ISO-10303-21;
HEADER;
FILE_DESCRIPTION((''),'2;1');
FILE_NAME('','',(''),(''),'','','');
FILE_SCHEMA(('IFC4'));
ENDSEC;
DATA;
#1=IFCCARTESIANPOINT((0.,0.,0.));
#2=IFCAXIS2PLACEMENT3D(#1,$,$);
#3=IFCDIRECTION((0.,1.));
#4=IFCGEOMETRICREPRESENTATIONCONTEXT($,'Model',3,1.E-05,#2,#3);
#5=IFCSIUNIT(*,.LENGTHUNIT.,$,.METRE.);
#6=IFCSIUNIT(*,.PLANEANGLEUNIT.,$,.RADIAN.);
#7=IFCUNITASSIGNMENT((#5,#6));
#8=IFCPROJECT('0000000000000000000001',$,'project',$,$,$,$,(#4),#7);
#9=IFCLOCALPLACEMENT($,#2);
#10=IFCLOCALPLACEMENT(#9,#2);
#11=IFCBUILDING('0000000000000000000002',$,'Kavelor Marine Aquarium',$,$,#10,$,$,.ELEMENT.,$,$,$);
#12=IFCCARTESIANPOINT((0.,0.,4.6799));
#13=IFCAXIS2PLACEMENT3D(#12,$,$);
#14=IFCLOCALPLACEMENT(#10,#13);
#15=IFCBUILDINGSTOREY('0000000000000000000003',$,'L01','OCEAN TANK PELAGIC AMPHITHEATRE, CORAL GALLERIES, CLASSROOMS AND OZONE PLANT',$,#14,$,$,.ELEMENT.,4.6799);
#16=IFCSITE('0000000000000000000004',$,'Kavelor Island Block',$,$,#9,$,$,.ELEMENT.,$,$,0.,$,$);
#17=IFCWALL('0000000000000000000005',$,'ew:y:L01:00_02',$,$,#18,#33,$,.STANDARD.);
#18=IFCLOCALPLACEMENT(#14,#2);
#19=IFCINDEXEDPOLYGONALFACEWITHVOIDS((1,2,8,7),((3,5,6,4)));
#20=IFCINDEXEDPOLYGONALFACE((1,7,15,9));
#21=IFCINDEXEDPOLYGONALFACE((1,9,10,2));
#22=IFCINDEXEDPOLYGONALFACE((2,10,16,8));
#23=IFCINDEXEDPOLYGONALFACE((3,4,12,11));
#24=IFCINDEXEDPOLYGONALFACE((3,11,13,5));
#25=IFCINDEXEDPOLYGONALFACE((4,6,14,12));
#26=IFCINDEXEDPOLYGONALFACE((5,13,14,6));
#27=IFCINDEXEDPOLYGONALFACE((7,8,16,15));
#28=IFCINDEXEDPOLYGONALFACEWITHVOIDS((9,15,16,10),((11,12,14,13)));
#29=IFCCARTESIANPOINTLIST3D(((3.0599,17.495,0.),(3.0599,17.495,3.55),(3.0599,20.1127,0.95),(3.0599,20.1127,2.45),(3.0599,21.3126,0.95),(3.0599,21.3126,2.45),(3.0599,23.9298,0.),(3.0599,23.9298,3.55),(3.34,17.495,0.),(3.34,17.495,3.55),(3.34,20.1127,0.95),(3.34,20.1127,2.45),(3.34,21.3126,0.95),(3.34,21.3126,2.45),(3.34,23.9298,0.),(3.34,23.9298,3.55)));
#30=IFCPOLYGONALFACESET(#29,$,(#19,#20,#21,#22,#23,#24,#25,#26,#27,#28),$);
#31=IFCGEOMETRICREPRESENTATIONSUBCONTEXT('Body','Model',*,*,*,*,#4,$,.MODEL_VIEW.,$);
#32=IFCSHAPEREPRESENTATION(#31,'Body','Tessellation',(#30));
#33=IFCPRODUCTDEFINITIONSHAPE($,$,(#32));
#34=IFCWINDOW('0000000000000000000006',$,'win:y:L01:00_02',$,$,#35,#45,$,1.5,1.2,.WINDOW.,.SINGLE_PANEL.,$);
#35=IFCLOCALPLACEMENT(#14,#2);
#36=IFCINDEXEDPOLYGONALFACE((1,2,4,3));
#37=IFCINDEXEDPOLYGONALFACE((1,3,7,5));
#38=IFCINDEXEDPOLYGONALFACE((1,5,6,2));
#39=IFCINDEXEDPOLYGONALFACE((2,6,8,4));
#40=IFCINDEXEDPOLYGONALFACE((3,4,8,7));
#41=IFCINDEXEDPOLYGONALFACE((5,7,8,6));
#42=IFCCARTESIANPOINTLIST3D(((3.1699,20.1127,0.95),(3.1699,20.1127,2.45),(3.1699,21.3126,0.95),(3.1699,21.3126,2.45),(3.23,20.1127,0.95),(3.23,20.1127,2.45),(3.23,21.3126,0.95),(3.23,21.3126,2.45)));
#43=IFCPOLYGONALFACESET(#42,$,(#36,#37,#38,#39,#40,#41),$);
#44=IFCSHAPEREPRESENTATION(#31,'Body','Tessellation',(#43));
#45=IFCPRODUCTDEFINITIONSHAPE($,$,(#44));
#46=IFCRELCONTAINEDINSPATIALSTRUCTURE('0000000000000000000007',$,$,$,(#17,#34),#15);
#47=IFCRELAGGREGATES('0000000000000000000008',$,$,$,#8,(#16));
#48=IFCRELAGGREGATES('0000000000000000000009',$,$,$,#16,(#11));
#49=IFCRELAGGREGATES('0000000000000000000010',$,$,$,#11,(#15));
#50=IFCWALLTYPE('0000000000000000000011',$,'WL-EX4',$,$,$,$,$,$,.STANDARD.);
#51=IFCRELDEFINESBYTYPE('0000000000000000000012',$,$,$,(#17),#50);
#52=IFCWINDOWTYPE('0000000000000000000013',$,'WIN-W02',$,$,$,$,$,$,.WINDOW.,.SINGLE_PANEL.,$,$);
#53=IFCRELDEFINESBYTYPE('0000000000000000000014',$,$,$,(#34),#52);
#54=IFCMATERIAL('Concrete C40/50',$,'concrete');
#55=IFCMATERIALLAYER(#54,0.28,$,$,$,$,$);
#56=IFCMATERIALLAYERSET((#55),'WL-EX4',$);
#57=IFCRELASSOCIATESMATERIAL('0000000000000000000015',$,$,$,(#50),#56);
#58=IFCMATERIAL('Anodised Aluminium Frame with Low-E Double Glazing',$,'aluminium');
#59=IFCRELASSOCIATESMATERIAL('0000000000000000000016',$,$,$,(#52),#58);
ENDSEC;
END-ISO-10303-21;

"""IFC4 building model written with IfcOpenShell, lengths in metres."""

from ifc_helpers import new_model, si_unit, direction, frame, frame_2d, origin, place, context, subcontext, project, spatial, rectangle, extrude, material, layer, layer_set, type_object, element, fill, save


model = new_model("IFC4")

# Units and contexts
model_context = context("Model", 3, precision=1e-05, world=origin(), true_north=direction((0.0, 1.0)))
body_context = subcontext(model_context, "Body", "Model", "MODEL_VIEW")
ifc_project = project(units=[si_unit("LENGTHUNIT", "METRE"), si_unit("PLANEANGLEUNIT", "RADIAN")], contexts=[model_context])

# Site, building, storey
site_placement = place(None, origin())
site = spatial("IfcSite", under=ifc_project, at=site_placement, Name="Kavelor Island Block", CompositionType="ELEMENT", RefElevation=0.0)
building_placement = place(site_placement, origin())
building = spatial("IfcBuilding", under=site, at=building_placement, Name="Kavelor Marine Aquarium", CompositionType="ELEMENT")
storey_placement = place(building_placement, frame((0.0, 0.0, 4.6799)))
storey = spatial("IfcBuildingStorey", under=building, at=storey_placement, Name="L01", Description="OCEAN TANK PELAGIC AMPHITHEATRE, CORAL GALLERIES, CLASSROOMS AND OZONE PLANT", CompositionType="ELEMENT", Elevation=4.6799)

# Wall, opening, window
ifc_material_1 = material(Name="Concrete C40/50", Category="concrete")
ifc_layer_1 = layer(ifc_material_1, 0.28)
ifc_layer_set_1 = layer_set([ifc_layer_1], Name="WL-EX4")
wall_type = type_object("IfcWallType", Name="WL-EX4", PredefinedType="STANDARD", material=ifc_layer_set_1)
wall_placement = place(storey_placement, frame((3.2, 17.4951, 0.0), z_axis=(0.0, 0.0, 1.0), x_axis=(0.0, 1.0, 0.0)))
wall = element("IfcWall", 1, at=wall_placement, inside=storey, type_object=wall_type, Name="ew:y:L01:00_02", PredefinedType="STANDARD", context=body_context, shape_type="SweptSolid", body=[
    extrude(rectangle(XDim=6.4348, YDim=0.28, at=frame_2d((3.2173, 0.0))), origin(), (0.0, 0.0, 1.0), 3.55),
])
opening_placement = place(wall_placement, frame((2.6174, 0.0, 0.95)))
opening = element("IfcOpeningElement", 2, at=opening_placement, cuts=wall, PredefinedType="OPENING", context=body_context, shape_type="SweptSolid", body=[
    extrude(rectangle(XDim=1.2, YDim=1.5, at=frame_2d((0.6001, 0.75))), frame((0.0, 0.1499, 0.0), z_axis=(0.0, -1.0, 0.0), x_axis=(1.0, 0.0, 0.0)), (0.0, 0.0, 1.0), 0.3),
])
ifc_material_2 = material(Name="Anodised Aluminium Frame with Low-E Double Glazing", Category="aluminium")
window_type = type_object("IfcWindowType", Name="WIN-W02", PartitioningType="SINGLE_PANEL", PredefinedType="WINDOW", material=ifc_material_2)
window_placement = place(opening_placement, origin())
window = element("IfcWindow", 3, at=window_placement, inside=storey, type_object=window_type, Name="win:y:L01:00_02", OverallHeight=1.5, OverallWidth=1.2, PartitioningType="SINGLE_PANEL", PredefinedType="WINDOW", context=body_context, shape_type="SweptSolid", body=[
    extrude(rectangle(XDim=1.2, YDim=1.5, at=frame_2d((0.6001, 0.75))), frame((0.0, 0.03, 0.0), z_axis=(0.0, -1.0, 0.0), x_axis=(1.0, 0.0, 0.0)), (0.0, 0.0, 1.0), 0.0601),
])
fill(opening, window)

save(model, "model.ifc")
